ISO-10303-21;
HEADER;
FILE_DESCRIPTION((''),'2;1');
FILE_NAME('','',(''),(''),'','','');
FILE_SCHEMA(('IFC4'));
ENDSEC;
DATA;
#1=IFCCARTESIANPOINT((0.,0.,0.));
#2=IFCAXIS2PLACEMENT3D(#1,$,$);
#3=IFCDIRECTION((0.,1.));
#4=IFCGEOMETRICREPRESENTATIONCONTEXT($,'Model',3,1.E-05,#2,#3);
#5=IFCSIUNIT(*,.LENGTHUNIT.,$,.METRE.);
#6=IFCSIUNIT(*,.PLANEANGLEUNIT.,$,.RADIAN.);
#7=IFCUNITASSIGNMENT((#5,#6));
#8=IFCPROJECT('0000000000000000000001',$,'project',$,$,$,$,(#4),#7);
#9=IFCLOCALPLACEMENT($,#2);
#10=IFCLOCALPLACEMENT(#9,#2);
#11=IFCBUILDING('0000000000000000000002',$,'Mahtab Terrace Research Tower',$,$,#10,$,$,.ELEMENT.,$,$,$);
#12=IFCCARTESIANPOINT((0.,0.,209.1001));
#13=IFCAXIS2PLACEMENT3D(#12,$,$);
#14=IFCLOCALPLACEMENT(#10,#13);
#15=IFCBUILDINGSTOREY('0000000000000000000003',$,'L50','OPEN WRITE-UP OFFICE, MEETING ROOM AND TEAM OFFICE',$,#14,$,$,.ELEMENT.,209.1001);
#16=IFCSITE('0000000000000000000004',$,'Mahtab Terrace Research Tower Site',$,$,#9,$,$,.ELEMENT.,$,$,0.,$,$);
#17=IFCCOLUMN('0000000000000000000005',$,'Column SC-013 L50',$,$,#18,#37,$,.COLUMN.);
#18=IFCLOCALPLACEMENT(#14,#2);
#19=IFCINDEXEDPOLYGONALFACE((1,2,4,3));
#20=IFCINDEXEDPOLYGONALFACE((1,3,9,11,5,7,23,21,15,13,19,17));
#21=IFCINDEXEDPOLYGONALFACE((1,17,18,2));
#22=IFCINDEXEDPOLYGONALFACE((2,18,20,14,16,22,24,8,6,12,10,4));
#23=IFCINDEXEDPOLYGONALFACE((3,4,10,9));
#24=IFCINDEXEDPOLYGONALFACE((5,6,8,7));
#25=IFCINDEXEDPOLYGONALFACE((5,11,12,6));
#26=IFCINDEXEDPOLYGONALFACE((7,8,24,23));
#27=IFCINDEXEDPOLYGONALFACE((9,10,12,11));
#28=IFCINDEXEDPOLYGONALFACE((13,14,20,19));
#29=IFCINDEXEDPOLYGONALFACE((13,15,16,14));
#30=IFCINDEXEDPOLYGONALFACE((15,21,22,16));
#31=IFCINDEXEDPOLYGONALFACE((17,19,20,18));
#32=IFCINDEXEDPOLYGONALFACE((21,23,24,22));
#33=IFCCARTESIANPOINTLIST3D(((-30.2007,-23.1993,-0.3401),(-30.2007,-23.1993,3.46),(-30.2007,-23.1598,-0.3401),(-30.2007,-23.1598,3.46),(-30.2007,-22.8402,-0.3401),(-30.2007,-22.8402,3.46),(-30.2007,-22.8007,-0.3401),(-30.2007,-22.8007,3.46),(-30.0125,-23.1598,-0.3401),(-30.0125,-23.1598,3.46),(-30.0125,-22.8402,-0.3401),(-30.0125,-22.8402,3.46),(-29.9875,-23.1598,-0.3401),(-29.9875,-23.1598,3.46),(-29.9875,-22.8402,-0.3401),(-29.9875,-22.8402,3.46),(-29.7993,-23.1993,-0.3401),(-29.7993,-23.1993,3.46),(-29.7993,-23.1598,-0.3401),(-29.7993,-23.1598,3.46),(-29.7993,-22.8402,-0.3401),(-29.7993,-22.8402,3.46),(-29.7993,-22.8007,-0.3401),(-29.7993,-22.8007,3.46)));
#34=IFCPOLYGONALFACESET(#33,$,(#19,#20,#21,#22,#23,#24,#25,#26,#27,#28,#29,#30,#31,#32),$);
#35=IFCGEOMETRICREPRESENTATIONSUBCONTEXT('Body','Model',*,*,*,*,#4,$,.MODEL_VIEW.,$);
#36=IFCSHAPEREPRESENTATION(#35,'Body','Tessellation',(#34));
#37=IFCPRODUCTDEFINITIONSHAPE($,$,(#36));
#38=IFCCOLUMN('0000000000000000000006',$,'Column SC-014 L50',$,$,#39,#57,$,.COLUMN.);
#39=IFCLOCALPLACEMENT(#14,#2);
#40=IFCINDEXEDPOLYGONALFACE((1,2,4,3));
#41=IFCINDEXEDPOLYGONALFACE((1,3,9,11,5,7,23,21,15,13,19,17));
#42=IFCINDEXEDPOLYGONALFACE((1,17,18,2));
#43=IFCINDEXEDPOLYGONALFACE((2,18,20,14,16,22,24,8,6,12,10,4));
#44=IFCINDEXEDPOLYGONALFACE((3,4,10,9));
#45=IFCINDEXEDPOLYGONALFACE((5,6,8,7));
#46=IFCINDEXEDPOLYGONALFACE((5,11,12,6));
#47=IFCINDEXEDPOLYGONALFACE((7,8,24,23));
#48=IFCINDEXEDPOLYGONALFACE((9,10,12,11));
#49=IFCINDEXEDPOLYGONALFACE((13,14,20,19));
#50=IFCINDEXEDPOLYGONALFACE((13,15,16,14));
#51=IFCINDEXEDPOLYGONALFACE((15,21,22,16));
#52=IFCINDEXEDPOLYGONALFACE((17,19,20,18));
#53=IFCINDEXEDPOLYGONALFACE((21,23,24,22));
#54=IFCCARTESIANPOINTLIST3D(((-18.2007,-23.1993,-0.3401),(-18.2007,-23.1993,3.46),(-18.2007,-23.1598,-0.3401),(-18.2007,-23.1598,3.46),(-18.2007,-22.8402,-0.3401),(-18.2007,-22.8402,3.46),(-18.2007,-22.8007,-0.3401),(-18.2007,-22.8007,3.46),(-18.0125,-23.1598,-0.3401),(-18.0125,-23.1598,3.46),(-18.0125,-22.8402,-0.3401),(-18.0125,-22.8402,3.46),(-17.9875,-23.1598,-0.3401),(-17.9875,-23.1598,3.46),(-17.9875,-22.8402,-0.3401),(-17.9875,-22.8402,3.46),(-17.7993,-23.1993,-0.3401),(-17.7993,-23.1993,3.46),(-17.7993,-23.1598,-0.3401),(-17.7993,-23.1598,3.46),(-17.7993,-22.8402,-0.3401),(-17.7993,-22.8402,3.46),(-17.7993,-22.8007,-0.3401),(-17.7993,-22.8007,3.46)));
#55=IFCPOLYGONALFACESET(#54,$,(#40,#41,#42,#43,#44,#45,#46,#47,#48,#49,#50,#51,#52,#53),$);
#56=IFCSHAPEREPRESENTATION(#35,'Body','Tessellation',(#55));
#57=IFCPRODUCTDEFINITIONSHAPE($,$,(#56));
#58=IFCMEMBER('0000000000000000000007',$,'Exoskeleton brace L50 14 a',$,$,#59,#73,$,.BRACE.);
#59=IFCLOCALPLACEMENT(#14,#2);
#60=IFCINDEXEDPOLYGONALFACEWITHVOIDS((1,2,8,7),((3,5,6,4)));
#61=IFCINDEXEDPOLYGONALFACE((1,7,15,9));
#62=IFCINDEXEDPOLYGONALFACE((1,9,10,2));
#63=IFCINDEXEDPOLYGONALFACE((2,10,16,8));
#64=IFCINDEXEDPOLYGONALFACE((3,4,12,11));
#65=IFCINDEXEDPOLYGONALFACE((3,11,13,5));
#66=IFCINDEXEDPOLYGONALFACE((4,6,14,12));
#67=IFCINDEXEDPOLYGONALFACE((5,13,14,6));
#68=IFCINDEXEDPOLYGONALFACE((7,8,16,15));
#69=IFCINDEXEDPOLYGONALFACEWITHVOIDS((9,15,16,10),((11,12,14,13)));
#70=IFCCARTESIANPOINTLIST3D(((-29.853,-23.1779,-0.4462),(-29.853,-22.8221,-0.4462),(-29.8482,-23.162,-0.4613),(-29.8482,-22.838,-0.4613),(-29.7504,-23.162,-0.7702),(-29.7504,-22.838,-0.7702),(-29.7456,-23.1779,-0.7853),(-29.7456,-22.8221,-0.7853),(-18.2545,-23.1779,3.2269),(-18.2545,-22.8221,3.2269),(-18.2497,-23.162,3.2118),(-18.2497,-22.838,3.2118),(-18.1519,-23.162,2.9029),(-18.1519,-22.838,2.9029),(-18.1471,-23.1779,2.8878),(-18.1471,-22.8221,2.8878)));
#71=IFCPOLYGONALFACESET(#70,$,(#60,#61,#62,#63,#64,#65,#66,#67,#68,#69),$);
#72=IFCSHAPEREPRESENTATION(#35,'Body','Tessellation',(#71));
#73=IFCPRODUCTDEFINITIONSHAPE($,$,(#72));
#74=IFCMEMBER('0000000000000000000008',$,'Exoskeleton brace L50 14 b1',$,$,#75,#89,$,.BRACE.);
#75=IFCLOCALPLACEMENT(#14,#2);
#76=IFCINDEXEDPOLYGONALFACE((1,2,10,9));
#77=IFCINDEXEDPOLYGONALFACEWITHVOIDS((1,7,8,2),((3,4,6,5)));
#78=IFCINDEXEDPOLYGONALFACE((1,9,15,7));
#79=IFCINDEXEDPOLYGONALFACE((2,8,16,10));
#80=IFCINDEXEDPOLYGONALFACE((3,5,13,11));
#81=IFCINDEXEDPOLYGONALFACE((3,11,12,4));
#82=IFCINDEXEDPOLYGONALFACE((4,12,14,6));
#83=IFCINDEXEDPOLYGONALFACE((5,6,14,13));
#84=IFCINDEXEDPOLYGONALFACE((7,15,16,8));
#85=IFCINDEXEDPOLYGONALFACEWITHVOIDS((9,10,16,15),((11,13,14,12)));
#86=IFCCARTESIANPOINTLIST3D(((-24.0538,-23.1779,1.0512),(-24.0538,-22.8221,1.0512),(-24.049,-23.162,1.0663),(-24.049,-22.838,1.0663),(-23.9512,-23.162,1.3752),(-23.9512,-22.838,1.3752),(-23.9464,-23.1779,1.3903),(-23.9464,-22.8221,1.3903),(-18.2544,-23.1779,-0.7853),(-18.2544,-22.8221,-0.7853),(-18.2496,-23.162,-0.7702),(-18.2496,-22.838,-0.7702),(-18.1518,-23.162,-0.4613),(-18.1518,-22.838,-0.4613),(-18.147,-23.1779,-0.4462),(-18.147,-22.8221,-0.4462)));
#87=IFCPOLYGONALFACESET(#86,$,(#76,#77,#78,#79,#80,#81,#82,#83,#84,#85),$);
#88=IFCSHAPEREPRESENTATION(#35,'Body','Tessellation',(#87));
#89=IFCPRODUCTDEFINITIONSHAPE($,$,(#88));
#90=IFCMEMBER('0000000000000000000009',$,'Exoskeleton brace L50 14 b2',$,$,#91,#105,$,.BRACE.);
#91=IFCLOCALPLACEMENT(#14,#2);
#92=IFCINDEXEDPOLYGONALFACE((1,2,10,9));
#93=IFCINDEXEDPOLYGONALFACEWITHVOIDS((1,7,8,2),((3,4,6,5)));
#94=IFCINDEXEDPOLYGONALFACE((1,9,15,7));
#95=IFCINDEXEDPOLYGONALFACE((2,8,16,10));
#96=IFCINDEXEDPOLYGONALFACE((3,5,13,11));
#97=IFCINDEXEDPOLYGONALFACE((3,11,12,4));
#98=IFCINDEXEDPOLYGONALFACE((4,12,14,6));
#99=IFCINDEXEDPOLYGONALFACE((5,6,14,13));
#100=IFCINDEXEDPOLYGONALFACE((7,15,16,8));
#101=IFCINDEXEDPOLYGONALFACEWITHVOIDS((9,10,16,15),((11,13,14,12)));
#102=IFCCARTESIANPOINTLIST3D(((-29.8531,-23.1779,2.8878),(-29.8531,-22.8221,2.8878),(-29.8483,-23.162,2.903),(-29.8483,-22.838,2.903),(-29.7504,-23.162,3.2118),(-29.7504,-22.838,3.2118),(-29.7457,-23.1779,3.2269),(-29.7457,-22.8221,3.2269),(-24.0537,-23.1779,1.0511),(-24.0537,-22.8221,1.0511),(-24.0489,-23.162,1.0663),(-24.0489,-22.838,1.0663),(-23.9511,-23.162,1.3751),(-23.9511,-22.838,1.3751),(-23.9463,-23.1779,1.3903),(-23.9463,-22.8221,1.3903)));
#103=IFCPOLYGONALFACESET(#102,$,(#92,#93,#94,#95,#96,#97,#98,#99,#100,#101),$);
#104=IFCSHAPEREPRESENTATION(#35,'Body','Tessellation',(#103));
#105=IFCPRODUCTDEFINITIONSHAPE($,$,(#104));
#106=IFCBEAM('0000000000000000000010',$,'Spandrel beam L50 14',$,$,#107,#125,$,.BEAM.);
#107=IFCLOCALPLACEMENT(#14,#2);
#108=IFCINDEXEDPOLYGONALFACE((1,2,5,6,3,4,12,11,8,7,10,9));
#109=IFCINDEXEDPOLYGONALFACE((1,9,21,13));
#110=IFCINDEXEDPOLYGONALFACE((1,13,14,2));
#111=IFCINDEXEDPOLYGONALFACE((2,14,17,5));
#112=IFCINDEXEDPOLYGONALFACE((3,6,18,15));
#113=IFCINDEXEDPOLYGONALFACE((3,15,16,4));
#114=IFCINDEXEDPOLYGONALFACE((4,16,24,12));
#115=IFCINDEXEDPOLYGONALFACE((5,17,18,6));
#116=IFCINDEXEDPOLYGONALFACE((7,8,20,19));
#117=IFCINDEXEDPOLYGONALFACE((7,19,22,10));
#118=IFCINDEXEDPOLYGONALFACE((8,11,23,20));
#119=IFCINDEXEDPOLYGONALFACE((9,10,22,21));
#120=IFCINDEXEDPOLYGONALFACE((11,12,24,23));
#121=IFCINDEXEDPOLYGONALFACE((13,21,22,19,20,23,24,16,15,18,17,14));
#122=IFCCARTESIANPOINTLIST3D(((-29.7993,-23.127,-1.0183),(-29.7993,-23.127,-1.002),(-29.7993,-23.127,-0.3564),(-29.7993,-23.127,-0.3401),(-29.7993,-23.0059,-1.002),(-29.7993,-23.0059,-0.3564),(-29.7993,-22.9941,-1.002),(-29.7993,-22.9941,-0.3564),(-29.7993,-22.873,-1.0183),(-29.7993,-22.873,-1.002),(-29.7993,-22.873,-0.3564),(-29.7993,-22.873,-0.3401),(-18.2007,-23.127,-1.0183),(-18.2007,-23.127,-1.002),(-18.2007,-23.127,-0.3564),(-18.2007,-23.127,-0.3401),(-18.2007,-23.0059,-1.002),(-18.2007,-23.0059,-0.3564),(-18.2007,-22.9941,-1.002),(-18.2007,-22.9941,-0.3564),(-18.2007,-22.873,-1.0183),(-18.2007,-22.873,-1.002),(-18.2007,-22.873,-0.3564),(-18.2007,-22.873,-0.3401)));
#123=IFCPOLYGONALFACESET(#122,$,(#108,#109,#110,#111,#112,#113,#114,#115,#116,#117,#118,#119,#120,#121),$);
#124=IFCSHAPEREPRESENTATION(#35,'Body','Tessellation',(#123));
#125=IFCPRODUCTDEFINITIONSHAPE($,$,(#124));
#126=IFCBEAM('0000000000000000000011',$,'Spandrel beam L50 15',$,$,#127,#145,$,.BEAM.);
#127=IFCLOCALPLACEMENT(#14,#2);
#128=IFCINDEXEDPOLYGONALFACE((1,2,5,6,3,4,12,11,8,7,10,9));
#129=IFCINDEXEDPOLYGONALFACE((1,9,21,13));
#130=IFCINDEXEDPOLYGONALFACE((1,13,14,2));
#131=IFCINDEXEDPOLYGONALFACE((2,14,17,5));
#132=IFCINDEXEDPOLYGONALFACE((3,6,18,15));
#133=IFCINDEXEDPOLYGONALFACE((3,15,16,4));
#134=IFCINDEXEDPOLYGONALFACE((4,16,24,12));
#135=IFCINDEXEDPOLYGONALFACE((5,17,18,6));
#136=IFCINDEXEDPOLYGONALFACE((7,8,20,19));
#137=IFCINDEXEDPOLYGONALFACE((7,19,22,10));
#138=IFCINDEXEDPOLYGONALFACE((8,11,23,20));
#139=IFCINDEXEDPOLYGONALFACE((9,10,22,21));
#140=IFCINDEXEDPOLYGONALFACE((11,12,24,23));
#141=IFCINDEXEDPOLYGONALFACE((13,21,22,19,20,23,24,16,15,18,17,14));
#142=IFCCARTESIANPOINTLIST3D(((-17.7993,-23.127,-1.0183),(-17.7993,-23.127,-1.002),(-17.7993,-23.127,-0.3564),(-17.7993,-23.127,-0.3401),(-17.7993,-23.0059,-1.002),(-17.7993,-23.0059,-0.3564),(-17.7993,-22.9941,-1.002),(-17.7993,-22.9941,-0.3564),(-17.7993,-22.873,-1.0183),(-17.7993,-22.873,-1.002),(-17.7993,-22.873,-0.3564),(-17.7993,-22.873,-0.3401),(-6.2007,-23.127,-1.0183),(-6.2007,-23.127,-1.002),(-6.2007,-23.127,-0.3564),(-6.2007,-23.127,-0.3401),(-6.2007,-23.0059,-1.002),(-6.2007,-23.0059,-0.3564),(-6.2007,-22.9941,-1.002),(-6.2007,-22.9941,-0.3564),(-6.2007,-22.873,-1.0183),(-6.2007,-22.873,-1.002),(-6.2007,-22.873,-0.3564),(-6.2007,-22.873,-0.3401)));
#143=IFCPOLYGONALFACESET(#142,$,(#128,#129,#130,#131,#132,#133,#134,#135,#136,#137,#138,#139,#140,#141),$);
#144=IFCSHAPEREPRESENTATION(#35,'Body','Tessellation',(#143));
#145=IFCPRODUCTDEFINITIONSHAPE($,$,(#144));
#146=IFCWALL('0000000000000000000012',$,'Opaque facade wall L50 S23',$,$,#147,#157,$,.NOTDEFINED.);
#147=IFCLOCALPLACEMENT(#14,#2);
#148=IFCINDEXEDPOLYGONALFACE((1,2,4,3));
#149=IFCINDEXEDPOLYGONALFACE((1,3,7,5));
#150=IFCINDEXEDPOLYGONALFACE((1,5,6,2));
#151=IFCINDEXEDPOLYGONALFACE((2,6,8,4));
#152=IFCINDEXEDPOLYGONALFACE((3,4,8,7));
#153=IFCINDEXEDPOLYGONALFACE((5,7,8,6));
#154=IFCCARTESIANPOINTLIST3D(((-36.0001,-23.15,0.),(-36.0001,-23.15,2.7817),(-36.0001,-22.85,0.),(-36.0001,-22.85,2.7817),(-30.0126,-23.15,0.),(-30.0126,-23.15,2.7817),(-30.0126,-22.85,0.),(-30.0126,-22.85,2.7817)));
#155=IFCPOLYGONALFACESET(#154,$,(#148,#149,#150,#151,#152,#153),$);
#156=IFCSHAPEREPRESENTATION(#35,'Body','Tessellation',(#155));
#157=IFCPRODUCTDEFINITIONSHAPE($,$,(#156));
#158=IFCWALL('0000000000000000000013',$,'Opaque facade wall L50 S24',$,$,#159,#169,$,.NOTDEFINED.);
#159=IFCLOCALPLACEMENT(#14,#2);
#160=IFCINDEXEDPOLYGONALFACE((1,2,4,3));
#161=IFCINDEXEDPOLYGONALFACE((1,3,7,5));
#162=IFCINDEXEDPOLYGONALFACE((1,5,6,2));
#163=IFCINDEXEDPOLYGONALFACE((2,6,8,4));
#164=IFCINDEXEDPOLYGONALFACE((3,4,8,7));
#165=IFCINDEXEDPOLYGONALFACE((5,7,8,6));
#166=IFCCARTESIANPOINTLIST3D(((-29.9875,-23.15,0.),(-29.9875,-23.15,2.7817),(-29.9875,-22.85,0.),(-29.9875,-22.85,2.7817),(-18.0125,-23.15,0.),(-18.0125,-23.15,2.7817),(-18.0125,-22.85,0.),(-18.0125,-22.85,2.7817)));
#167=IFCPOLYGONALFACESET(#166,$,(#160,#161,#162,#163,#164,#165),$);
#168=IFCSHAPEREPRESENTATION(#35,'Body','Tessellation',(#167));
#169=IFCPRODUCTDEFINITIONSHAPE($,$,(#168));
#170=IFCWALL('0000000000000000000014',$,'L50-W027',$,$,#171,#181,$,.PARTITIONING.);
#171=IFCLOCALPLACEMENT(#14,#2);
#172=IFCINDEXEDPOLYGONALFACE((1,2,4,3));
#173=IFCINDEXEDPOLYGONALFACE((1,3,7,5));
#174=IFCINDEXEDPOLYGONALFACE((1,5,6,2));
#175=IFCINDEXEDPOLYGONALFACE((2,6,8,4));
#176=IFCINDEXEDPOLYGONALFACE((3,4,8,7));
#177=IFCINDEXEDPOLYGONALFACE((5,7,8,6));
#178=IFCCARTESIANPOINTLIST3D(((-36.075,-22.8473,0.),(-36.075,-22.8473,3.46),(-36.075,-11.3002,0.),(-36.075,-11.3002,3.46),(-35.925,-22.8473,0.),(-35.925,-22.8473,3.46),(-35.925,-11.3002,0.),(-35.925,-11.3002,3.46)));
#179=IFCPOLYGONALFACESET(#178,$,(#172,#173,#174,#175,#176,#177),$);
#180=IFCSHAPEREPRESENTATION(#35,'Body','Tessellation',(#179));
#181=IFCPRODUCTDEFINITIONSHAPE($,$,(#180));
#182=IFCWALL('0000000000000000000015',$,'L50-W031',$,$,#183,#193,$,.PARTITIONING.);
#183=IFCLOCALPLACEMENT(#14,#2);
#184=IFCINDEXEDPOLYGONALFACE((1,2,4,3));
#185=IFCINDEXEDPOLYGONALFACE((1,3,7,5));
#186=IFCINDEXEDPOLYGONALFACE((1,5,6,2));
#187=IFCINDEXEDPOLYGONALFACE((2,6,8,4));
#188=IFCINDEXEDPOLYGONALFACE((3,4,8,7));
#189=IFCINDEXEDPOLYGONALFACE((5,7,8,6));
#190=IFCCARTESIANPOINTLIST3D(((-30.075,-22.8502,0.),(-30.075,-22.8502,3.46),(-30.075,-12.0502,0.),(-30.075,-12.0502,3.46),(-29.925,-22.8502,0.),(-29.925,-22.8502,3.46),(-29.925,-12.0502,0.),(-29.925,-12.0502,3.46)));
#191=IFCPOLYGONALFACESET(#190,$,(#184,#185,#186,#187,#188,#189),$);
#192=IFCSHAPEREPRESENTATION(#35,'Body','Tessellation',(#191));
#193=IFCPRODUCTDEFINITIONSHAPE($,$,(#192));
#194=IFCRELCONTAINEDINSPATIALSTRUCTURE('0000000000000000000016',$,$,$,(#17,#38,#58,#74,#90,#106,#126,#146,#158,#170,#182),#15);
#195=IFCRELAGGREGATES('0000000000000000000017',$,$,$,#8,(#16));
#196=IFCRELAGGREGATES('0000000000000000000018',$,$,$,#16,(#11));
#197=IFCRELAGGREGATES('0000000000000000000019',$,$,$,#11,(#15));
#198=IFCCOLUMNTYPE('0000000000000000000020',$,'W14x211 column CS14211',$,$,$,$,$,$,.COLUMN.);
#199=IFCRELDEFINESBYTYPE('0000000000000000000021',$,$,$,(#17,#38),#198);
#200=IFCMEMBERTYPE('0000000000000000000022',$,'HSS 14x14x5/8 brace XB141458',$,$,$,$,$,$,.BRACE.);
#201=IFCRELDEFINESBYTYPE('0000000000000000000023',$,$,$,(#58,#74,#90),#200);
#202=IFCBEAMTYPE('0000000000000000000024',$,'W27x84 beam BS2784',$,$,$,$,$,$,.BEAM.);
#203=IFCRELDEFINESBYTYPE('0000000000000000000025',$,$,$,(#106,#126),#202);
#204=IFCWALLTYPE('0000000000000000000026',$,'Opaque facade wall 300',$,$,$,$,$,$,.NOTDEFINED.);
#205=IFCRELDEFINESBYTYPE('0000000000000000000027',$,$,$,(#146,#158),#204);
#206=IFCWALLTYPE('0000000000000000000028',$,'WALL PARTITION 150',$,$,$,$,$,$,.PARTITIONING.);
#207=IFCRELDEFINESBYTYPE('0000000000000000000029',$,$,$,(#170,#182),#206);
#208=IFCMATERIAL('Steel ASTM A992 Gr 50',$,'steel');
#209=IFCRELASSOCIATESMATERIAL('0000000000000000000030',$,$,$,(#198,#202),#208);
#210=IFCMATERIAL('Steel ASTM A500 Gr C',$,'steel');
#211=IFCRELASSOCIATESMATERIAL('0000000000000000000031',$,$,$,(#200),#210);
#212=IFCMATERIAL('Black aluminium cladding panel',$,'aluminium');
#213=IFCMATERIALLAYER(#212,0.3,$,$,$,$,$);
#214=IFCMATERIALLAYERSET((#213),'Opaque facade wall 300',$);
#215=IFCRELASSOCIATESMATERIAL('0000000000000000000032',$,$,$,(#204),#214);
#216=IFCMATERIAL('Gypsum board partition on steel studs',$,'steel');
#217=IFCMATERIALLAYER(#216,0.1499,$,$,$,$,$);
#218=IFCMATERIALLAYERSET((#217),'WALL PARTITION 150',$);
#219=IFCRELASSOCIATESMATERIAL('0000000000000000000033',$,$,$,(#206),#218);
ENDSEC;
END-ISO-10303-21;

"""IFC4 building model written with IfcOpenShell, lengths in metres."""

from ifc_helpers import new_model, si_unit, direction, frame, frame_2d, origin, origin_2d, place, context, subcontext, project, spatial, rectangle, hollow_rectangle, i_section, extrude, material, layer, layer_set, material_profile, profile_set, type_object, element, save


model = new_model("IFC4")

# Units and contexts
model_context = context("Model", 3, precision=1e-05, world=origin(), true_north=direction((0.0, 1.0)))
body_context = subcontext(model_context, "Body", "Model", "MODEL_VIEW")
ifc_project = project(units=[si_unit("LENGTHUNIT", "METRE"), si_unit("PLANEANGLEUNIT", "RADIAN")], contexts=[model_context])

# Site, building, storey
site_placement = place(None, origin())
site = spatial("IfcSite", under=ifc_project, at=site_placement, Name="Mahtab Terrace Research Tower Site", CompositionType="ELEMENT", RefElevation=0.0)
building_placement = place(site_placement, origin())
building = spatial("IfcBuilding", under=site, at=building_placement, Name="Mahtab Terrace Research Tower", CompositionType="ELEMENT")
storey_placement = place(building_placement, frame((0.0, 0.0, 209.1001)))
storey = spatial("IfcBuildingStorey", under=building, at=storey_placement, Name="L50", Description="OPEN WRITE-UP OFFICE, MEETING ROOM AND TEAM OFFICE", CompositionType="ELEMENT", Elevation=209.1001)

# Columns
ifc_material_1 = material(Name="Steel ASTM A992 Gr 50", Category="steel")
ifc_material_profile_1 = material_profile(ifc_material_1, i_section(OverallWidth=0.4014, OverallDepth=0.3987, WebThickness=0.0249, FlangeThickness=0.0396, at=origin_2d()), Name="W14X211")
ifc_profile_set_1 = profile_set([ifc_material_profile_1], Name="Steel ASTM A992 Gr 50")
column_type = type_object("IfcColumnType", Name="W14x211 column CS14211", PredefinedType="COLUMN", material=ifc_profile_set_1)
for number, where, z_axis, x_axis, name in (
    (1, (-30.0, -23.0, -0.3401), (0.0, 0.0, 1.0), (1.0, 0.0, 0.0), "Column SC-013 L50"),
    (2, (-18.0, -23.0, -0.3401), (0.0, 0.0, 1.0), (1.0, 0.0, 0.0), "Column SC-014 L50"),
):
    element("IfcColumn", number, at=place(storey_placement, frame(where, z_axis=z_axis, x_axis=x_axis)), inside=storey, type_object=column_type, Name=name, PredefinedType="COLUMN", context=body_context, shape_type="SweptSolid", body=[
        extrude(i_section(OverallWidth=0.4014, OverallDepth=0.3987, WebThickness=0.0249, FlangeThickness=0.0396, at=origin_2d()), origin(), (0.0, 0.0, 1.0), 3.8),
    ])

# Members
ifc_material_2 = material(Name="Steel ASTM A500 Gr C", Category="steel")
ifc_material_profile_2 = material_profile(ifc_material_2, hollow_rectangle(XDim=0.3557, YDim=0.3557, WallThickness=0.0159, at=origin_2d()), Name="HSS14X14X5/8")
ifc_profile_set_2 = profile_set([ifc_material_profile_2], Name="Steel ASTM A500 Gr C")
member_type = type_object("IfcMemberType", Name="HSS 14x14x5/8 brace XB141458", PredefinedType="BRACE", material=ifc_profile_set_2)
member_placement = place(storey_placement, frame((-29.7993, -23.0, -0.6157), z_axis=(0.953338, 0.0, 0.301906), x_axis=(0.0, 1.0, 0.0)))
element("IfcMember", 3, at=member_placement, inside=storey, type_object=member_type, Name="Exoskeleton brace L50 14 a", PredefinedType="BRACE", context=body_context, shape_type="SweptSolid", body=[
    extrude(hollow_rectangle(XDim=0.3557, YDim=0.3557, WallThickness=0.0159, at=origin_2d()), origin(), (0.0, 0.0, 1.0), 12.1663),
])
for number, where, z_axis, x_axis, name in (
    (4, (-18.2007, -23.0, -0.6157), (-0.953343, 0.0, 0.301888), (0.0, -1.0, 0.0), "Exoskeleton brace L50 14 b1"),
    (5, (-24.0, -23.0, 1.2207), (-0.953332, 0.0, 0.301925), (0.0, -1.0, 0.0), "Exoskeleton brace L50 14 b2"),
):
    element("IfcMember", number, at=place(storey_placement, frame(where, z_axis=z_axis, x_axis=x_axis)), inside=storey, type_object=member_type, Name=name, PredefinedType="BRACE", context=body_context, shape_type="SweptSolid", body=[
        extrude(hollow_rectangle(XDim=0.3557, YDim=0.3557, WallThickness=0.0159, at=origin_2d()), origin(), (0.0, 0.0, 1.0), 6.0833),
    ])

# Beams
ifc_material_profile_3 = material_profile(ifc_material_1, i_section(OverallWidth=0.2539, OverallDepth=0.6782, WebThickness=0.0117, FlangeThickness=0.0164, at=origin_2d()), Name="W27X84")
ifc_profile_set_3 = profile_set([ifc_material_profile_3], Name="Steel ASTM A992 Gr 50")
beam_type = type_object("IfcBeamType", Name="W27x84 beam BS2784", PredefinedType="BEAM", material=ifc_profile_set_3)
for number, where, z_axis, x_axis, name in (
    (6, (-29.7993, -23.0, -0.6792), (1.0, 0.0, 0.0), (0.0, 1.0, 0.0), "Spandrel beam L50 14"),
    (7, (-17.7993, -23.0, -0.6792), (1.0, 0.0, 0.0), (0.0, 1.0, 0.0), "Spandrel beam L50 15"),
):
    element("IfcBeam", number, at=place(storey_placement, frame(where, z_axis=z_axis, x_axis=x_axis)), inside=storey, type_object=beam_type, Name=name, PredefinedType="BEAM", context=body_context, shape_type="SweptSolid", body=[
        extrude(i_section(OverallWidth=0.2539, OverallDepth=0.6782, WebThickness=0.0117, FlangeThickness=0.0164, at=origin_2d()), origin(), (0.0, 0.0, 1.0), 11.5986),
    ])

# Walls
ifc_material_3 = material(Name="Black aluminium cladding panel", Category="aluminium")
ifc_layer_1 = layer(ifc_material_3, 0.3)
ifc_layer_set_1 = layer_set([ifc_layer_1], Name="Opaque facade wall 300")
wall_type_1 = type_object("IfcWallType", Name="Opaque facade wall 300", PredefinedType="NOTDEFINED", material=ifc_layer_set_1)
wall_1_placement = place(storey_placement, frame((-36.0, -23.0, 0.0), z_axis=(0.0, 0.0, 1.0), x_axis=(1.0, 0.0, 0.0)))
element("IfcWall", 8, at=wall_1_placement, inside=storey, type_object=wall_type_1, Name="Opaque facade wall L50 S23", PredefinedType="NOTDEFINED", context=body_context, shape_type="SweptSolid", body=[
    extrude(rectangle(XDim=5.9875, YDim=0.3, at=frame_2d((2.9937, 0.0))), origin(), (0.0, 0.0, 1.0), 2.7817),
])
wall_2_placement = place(storey_placement, frame((-29.9875, -23.0, 0.0), z_axis=(0.0, 0.0, 1.0), x_axis=(1.0, 0.0, 0.0)))
element("IfcWall", 9, at=wall_2_placement, inside=storey, type_object=wall_type_1, Name="Opaque facade wall L50 S24", PredefinedType="NOTDEFINED", context=body_context, shape_type="SweptSolid", body=[
    extrude(rectangle(XDim=11.9751, YDim=0.3, at=frame_2d((5.9875, 0.0))), origin(), (0.0, 0.0, 1.0), 2.7817),
])
ifc_material_4 = material(Name="Gypsum board partition on steel studs", Category="steel")
ifc_layer_2 = layer(ifc_material_4, 0.1499)
ifc_layer_set_2 = layer_set([ifc_layer_2], Name="WALL PARTITION 150")
wall_type_2 = type_object("IfcWallType", Name="WALL PARTITION 150", PredefinedType="PARTITIONING", material=ifc_layer_set_2)
wall_3_placement = place(storey_placement, frame((-36.0, -22.8472, 0.0), z_axis=(0.0, 0.0, 1.0), x_axis=(0.0, 1.0, 0.0)))
element("IfcWall", 10, at=wall_3_placement, inside=storey, type_object=wall_type_2, Name="L50-W027", PredefinedType="PARTITIONING", context=body_context, shape_type="SweptSolid", body=[
    extrude(rectangle(XDim=11.5471, YDim=0.1499, at=frame_2d((5.7734, 0.0))), origin(), (0.0, 0.0, 1.0), 3.46),
])
wall_4_placement = place(storey_placement, frame((-30.0, -22.8501, 0.0), z_axis=(0.0, 0.0, 1.0), x_axis=(0.0, 1.0, 0.0)))
element("IfcWall", 11, at=wall_4_placement, inside=storey, type_object=wall_type_2, Name="L50-W031", PredefinedType="PARTITIONING", context=body_context, shape_type="SweptSolid", body=[
    extrude(rectangle(XDim=10.8, YDim=0.1499, at=frame_2d((5.3999, 0.0))), origin(), (0.0, 0.0, 1.0), 3.46),
])

save(model, "model.ifc")
